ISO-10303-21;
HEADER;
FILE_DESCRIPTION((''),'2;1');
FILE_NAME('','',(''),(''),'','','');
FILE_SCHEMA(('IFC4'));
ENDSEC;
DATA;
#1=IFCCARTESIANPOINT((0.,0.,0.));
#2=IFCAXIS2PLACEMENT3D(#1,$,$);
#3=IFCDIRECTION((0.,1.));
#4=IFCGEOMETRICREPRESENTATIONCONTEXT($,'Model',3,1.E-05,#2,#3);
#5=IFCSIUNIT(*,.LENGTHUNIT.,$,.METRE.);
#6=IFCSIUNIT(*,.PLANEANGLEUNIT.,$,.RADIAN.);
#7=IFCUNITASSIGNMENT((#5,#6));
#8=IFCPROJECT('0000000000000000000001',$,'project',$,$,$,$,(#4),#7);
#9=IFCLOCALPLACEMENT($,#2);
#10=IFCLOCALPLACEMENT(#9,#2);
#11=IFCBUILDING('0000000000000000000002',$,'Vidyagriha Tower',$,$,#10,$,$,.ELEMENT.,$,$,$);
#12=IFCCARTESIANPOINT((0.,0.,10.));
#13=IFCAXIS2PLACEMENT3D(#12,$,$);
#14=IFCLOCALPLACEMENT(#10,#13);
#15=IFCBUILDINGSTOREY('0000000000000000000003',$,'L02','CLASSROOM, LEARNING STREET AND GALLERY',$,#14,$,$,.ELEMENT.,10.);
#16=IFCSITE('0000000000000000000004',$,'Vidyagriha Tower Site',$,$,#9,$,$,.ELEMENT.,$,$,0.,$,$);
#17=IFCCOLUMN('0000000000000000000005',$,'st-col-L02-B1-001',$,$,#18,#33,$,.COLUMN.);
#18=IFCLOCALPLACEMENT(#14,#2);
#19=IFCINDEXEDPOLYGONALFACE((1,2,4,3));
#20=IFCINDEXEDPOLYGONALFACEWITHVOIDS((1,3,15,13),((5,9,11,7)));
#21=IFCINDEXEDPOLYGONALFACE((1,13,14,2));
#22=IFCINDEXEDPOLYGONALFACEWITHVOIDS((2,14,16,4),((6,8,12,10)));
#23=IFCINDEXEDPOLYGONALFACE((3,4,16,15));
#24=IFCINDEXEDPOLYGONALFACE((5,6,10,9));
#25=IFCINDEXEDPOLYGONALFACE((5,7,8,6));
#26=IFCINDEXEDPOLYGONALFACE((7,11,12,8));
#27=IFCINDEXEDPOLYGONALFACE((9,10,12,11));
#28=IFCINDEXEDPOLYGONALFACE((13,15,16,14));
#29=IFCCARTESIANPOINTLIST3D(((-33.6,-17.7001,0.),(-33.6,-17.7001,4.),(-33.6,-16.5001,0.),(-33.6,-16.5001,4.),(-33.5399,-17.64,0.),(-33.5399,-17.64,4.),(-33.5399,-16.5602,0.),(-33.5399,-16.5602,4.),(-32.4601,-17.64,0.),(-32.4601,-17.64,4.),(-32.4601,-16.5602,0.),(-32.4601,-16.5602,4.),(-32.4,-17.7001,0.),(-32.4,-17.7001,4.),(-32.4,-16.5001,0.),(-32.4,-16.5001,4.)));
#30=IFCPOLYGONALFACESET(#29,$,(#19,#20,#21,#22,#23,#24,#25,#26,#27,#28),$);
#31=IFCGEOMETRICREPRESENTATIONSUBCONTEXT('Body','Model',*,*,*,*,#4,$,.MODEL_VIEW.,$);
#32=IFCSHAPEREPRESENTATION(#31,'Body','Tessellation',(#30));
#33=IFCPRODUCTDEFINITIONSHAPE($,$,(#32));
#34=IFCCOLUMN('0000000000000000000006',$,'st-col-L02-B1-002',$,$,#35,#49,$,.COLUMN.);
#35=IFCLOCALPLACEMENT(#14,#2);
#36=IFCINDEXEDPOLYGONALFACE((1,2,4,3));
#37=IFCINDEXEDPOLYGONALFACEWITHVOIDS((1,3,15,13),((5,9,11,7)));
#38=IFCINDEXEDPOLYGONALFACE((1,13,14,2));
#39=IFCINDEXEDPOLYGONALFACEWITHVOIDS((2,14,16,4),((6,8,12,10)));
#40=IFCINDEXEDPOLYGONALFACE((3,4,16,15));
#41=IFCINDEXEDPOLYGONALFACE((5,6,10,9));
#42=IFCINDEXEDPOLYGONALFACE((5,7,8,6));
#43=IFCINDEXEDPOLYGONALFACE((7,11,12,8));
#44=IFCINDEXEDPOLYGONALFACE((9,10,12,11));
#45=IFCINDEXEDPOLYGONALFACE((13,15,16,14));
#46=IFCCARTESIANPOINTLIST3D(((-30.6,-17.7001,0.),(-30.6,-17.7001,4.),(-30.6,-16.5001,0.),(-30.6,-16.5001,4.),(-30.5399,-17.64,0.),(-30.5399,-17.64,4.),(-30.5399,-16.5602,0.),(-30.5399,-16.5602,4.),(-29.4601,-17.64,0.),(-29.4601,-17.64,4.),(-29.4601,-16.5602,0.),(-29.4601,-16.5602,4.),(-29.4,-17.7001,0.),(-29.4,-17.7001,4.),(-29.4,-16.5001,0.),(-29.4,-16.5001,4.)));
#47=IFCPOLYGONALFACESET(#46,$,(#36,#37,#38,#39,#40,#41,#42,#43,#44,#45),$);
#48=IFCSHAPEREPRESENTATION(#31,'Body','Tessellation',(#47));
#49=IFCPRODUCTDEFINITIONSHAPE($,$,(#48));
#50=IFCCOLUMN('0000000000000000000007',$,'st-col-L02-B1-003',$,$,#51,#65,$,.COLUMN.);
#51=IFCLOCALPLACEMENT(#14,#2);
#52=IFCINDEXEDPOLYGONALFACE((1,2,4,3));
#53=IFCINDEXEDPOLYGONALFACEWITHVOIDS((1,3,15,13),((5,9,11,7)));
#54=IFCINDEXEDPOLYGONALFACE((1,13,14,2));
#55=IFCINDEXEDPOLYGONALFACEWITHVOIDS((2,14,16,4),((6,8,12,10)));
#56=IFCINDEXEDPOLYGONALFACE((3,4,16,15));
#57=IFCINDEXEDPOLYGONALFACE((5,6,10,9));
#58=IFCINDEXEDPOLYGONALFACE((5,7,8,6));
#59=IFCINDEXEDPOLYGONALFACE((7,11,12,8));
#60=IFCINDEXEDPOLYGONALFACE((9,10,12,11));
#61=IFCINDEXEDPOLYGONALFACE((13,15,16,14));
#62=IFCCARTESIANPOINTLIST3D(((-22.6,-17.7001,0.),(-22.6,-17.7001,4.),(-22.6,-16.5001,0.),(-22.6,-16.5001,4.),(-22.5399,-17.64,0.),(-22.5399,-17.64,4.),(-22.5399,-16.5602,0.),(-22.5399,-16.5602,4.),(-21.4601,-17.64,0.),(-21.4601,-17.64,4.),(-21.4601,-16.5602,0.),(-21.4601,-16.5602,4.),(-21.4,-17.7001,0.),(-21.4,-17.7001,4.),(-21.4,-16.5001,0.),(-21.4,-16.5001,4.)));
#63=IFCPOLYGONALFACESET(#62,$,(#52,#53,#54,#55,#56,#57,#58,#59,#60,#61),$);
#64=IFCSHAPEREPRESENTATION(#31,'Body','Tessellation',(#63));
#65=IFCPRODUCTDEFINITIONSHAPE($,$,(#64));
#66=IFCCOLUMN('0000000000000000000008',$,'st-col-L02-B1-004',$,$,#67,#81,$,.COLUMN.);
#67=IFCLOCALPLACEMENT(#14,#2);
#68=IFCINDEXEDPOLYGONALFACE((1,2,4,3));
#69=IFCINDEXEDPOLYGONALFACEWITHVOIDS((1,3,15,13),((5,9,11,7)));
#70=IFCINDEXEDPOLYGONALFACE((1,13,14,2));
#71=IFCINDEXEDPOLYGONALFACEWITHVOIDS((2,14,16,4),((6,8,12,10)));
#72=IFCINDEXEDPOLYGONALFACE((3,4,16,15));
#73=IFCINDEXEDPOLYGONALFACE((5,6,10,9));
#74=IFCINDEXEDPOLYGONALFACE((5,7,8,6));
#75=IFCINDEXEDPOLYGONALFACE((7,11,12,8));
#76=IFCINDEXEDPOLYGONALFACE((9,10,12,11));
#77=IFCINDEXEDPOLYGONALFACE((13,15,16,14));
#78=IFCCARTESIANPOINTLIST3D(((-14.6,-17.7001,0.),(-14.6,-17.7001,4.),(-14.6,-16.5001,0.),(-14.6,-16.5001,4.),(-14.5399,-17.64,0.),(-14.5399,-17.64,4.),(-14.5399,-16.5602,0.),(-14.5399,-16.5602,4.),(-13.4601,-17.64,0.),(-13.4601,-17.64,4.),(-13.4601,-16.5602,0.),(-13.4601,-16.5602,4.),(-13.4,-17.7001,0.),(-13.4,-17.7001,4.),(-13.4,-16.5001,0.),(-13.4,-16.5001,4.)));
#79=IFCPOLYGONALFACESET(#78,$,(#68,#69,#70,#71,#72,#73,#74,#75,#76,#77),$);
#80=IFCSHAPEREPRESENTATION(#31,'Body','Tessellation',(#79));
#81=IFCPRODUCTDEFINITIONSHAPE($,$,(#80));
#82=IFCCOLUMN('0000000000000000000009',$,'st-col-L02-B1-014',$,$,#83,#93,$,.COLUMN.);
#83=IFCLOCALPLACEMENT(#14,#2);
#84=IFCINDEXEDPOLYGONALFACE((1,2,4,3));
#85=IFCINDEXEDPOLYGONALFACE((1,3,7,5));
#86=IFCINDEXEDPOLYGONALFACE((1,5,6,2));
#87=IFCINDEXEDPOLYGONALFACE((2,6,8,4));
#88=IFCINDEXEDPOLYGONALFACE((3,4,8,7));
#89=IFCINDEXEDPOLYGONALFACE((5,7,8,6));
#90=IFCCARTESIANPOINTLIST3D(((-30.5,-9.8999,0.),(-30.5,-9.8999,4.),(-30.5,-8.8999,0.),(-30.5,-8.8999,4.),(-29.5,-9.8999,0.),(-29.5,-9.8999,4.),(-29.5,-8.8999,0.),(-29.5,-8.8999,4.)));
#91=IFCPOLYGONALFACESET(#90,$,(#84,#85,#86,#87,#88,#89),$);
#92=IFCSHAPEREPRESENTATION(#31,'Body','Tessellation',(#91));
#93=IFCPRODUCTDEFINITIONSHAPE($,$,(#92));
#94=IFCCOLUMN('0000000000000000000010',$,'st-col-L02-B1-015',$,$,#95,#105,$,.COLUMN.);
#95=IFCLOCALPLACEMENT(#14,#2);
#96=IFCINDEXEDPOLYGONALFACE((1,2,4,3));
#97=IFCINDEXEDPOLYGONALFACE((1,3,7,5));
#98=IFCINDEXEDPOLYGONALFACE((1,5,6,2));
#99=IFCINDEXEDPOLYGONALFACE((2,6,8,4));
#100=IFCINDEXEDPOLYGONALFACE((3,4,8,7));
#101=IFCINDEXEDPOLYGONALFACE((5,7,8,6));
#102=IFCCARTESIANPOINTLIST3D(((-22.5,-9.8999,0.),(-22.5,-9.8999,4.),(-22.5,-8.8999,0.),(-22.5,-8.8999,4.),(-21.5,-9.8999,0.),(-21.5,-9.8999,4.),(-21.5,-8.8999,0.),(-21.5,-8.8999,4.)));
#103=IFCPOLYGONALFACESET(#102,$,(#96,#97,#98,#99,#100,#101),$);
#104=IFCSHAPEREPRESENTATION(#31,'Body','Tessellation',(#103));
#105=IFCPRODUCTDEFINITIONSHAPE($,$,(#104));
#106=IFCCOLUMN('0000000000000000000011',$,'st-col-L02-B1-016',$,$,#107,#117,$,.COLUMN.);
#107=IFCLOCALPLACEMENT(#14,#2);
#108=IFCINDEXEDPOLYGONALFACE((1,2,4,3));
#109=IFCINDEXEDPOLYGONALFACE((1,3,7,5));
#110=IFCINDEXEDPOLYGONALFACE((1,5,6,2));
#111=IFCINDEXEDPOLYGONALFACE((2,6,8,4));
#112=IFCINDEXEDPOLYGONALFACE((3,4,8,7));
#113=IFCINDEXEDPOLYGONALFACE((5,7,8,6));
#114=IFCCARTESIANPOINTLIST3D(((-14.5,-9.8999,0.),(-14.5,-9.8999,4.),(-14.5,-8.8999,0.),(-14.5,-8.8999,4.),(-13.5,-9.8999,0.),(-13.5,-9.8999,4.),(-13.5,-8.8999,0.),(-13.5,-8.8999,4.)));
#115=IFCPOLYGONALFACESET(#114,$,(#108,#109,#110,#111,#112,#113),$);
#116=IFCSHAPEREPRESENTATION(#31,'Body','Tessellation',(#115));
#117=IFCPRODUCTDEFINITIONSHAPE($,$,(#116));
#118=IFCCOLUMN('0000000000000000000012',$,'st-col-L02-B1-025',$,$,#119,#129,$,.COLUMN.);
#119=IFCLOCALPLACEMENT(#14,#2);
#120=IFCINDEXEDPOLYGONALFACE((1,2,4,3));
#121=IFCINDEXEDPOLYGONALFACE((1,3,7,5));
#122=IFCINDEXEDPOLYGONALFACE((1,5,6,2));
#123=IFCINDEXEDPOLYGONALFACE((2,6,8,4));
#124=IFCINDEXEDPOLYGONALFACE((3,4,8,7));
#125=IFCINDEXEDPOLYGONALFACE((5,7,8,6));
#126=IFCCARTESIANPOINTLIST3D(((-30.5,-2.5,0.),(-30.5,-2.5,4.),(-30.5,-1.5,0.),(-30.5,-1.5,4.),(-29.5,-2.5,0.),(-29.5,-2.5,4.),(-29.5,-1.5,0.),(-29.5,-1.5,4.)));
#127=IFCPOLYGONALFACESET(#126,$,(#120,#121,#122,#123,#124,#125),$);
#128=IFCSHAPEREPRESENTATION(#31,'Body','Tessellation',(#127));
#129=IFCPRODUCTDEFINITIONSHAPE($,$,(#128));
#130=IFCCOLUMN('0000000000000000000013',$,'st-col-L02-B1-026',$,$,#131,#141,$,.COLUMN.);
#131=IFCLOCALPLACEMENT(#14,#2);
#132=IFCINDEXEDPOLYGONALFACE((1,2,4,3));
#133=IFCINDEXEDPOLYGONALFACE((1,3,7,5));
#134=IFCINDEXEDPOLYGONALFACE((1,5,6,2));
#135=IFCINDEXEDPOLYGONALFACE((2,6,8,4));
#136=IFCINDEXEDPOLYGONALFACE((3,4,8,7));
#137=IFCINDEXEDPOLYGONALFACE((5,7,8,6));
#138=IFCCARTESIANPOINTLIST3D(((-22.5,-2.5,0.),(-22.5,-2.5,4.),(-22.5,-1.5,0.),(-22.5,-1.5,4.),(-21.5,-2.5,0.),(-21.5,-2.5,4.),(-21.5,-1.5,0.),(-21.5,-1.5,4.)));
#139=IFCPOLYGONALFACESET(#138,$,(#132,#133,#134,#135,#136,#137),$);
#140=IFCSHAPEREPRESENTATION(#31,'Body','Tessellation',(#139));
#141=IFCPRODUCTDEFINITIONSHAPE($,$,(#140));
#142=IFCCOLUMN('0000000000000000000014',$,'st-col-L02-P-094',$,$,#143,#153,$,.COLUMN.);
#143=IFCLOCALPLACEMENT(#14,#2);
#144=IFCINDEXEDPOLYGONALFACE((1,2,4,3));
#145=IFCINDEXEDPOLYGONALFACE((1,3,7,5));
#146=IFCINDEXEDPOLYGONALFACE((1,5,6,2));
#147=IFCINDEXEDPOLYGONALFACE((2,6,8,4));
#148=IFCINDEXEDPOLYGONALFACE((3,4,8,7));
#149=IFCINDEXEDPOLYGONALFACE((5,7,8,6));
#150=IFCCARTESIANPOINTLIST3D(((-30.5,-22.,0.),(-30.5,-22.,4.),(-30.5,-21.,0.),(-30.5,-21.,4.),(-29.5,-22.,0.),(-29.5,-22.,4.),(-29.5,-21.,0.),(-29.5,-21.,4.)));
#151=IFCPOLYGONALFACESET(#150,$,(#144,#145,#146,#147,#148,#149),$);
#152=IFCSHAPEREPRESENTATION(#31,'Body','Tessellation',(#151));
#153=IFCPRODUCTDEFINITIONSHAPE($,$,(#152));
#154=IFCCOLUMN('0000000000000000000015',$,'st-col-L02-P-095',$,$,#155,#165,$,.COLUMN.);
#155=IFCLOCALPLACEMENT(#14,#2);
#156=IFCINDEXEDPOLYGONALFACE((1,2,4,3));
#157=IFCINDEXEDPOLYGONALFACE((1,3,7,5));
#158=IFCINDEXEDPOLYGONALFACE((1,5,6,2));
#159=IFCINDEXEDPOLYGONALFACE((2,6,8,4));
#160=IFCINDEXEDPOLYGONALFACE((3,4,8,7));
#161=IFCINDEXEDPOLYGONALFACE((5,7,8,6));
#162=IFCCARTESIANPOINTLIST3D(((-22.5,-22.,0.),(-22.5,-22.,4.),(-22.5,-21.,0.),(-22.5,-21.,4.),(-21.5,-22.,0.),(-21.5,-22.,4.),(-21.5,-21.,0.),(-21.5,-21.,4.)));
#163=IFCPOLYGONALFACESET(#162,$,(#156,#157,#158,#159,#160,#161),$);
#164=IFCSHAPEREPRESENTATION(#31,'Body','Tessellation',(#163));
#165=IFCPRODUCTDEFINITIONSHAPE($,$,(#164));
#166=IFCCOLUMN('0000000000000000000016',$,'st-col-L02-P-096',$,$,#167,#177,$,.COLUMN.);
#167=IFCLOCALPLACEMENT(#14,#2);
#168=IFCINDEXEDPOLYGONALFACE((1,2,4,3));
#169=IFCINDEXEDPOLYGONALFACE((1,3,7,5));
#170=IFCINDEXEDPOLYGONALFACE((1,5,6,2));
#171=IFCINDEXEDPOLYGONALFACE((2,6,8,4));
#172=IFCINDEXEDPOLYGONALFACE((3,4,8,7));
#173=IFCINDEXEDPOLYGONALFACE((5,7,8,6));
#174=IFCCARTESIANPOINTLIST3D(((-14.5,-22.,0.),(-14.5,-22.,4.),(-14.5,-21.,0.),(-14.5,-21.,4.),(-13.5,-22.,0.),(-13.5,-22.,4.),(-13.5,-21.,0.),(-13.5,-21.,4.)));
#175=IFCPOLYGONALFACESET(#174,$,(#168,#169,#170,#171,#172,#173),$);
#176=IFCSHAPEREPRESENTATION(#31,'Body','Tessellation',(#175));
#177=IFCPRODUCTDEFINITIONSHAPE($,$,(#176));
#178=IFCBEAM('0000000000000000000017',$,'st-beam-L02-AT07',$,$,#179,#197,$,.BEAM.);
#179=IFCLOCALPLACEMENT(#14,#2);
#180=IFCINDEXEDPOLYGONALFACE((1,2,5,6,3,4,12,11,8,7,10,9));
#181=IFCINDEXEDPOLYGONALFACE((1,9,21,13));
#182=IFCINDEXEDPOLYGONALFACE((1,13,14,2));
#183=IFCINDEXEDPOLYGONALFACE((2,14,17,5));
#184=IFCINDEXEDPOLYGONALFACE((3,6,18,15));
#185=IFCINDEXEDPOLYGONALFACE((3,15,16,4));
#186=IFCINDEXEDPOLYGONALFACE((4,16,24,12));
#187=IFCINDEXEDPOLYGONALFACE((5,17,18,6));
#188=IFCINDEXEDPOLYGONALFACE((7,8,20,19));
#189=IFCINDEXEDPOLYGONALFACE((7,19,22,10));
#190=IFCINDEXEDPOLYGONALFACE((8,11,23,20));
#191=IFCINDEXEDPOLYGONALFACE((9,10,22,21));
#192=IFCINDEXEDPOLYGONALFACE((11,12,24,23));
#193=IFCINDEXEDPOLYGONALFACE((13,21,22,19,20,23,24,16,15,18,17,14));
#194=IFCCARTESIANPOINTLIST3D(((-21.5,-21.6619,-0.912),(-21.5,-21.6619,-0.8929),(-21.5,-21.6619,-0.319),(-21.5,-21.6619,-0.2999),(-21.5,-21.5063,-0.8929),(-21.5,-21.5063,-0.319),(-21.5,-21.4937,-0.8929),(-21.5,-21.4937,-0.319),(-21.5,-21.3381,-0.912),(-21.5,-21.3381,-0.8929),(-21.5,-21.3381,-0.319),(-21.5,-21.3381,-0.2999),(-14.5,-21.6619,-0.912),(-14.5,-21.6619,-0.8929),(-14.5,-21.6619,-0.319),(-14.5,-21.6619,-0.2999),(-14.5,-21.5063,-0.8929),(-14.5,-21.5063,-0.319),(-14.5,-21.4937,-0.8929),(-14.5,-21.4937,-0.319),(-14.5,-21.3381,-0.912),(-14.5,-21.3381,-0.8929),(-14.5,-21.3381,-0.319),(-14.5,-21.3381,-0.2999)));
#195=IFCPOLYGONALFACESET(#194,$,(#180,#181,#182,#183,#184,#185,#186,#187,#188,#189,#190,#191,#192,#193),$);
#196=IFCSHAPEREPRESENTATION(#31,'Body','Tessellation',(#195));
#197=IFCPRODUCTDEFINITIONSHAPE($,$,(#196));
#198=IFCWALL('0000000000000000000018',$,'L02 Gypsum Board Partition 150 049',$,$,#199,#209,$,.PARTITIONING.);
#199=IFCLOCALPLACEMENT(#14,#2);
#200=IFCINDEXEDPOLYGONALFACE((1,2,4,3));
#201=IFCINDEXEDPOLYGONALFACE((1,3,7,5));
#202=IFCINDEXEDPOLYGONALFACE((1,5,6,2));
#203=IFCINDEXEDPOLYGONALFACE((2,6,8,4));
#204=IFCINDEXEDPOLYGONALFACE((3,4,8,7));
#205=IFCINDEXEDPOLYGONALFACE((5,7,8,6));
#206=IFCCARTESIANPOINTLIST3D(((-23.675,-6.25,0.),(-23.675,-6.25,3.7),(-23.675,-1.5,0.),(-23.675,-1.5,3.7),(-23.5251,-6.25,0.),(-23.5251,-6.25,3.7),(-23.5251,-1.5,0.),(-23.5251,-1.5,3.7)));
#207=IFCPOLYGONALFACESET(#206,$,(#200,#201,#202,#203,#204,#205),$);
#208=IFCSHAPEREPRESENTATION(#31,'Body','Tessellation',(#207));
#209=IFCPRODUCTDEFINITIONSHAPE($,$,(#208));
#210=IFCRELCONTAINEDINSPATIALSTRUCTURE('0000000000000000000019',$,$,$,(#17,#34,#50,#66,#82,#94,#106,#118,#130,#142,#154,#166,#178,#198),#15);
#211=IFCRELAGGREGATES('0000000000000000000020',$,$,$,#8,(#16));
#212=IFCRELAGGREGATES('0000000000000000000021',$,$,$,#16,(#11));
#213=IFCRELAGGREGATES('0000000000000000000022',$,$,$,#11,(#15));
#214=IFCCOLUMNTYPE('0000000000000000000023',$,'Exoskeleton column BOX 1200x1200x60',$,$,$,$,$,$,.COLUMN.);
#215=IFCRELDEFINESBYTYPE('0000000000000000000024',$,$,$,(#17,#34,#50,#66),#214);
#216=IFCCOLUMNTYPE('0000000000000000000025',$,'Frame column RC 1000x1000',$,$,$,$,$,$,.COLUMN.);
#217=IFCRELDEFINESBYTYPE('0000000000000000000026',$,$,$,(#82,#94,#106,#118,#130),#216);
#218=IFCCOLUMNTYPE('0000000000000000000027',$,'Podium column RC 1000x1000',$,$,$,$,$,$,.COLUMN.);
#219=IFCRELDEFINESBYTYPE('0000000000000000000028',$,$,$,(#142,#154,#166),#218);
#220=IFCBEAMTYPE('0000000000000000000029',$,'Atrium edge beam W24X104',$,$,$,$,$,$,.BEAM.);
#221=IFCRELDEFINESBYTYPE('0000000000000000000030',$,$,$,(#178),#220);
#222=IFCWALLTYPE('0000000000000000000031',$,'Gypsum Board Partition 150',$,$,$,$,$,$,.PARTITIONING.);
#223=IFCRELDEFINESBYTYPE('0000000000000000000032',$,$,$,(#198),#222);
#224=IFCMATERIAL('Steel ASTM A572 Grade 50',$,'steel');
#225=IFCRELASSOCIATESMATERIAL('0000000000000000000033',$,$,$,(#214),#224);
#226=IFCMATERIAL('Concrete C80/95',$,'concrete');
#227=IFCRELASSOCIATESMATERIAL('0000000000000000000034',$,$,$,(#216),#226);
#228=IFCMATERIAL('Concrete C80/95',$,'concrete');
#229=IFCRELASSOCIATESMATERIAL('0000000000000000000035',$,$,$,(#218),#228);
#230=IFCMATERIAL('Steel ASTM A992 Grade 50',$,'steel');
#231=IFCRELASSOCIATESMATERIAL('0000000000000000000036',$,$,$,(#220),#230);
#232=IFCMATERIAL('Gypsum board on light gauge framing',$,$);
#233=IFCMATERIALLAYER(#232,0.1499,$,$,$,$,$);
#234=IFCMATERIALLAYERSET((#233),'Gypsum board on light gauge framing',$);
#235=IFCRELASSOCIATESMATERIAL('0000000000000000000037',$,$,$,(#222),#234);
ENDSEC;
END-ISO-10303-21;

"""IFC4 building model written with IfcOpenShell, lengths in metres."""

from ifc_helpers import new_model, si_unit, direction, frame, frame_2d, origin, origin_2d, place, context, subcontext, project, spatial, rectangle, hollow_rectangle, i_section, extrude, material, layer, layer_set, material_profile, profile_set, type_object, element, save


model = new_model("IFC4")

# Units and contexts
model_context = context("Model", 3, precision=1e-05, world=origin(), true_north=direction((0.0, 1.0)))
body_context = subcontext(model_context, "Body", "Model", "MODEL_VIEW")
ifc_project = project(units=[si_unit("LENGTHUNIT", "METRE"), si_unit("PLANEANGLEUNIT", "RADIAN")], contexts=[model_context])

# Site, building, storey
site_placement = place(None, origin())
site = spatial("IfcSite", under=ifc_project, at=site_placement, Name="Vidyagriha Tower Site", CompositionType="ELEMENT", RefElevation=0.0)
building_placement = place(site_placement, origin())
building = spatial("IfcBuilding", under=site, at=building_placement, Name="Vidyagriha Tower", CompositionType="ELEMENT")
storey_placement = place(building_placement, frame((0.0, 0.0, 10.0)))
storey = spatial("IfcBuildingStorey", under=building, at=storey_placement, Name="L02", Description="CLASSROOM, LEARNING STREET AND GALLERY", CompositionType="ELEMENT", Elevation=10.0)

# Columns
ifc_material_1 = material(Name="Steel ASTM A572 Grade 50", Category="steel")
ifc_material_profile_1 = material_profile(ifc_material_1, hollow_rectangle(XDim=1.2, YDim=1.2, WallThickness=0.0601, at=origin_2d()), Name="BOX 1200x1200x60")
ifc_profile_set_1 = profile_set([ifc_material_profile_1], Name="Steel ASTM A572 Grade 50")
column_type_1 = type_object("IfcColumnType", Name="Exoskeleton column BOX 1200x1200x60", PredefinedType="COLUMN", material=ifc_profile_set_1)
for number, where, name in (
    (1, (-33.0, -17.1001, 0.0), "st-col-L02-B1-001"),
    (2, (-30.0, -17.1001, 0.0), "st-col-L02-B1-002"),
    (3, (-22.0, -17.1001, 0.0), "st-col-L02-B1-003"),
    (4, (-14.0, -17.1001, 0.0), "st-col-L02-B1-004"),
):
    element("IfcColumn", number, at=place(storey_placement, frame(where)), inside=storey, type_object=column_type_1, Name=name, PredefinedType="COLUMN", context=body_context, shape_type="SweptSolid", body=[
        extrude(hollow_rectangle(XDim=1.2, YDim=1.2, WallThickness=0.0601, at=origin_2d()), origin(), (0.0, 0.0, 1.0), 4.0),
    ])
ifc_material_2 = material(Name="Concrete C80/95", Category="concrete")
ifc_material_profile_2 = material_profile(ifc_material_2, rectangle(XDim=1.0, YDim=1.0, at=origin_2d()), Name="RC 1000x1000")
ifc_profile_set_2 = profile_set([ifc_material_profile_2], Name="Concrete C80/95")
column_type_2 = type_object("IfcColumnType", Name="Frame column RC 1000x1000", PredefinedType="COLUMN", material=ifc_profile_set_2)
for number, where, name in (
    (5, (-30.0, -9.3999, 0.0), "st-col-L02-B1-014"),
    (6, (-22.0, -9.3999, 0.0), "st-col-L02-B1-015"),
    (7, (-14.0, -9.3999, 0.0), "st-col-L02-B1-016"),
    (8, (-30.0, -2.0, 0.0), "st-col-L02-B1-025"),
    (9, (-22.0, -2.0, 0.0), "st-col-L02-B1-026"),
):
    element("IfcColumn", number, at=place(storey_placement, frame(where)), inside=storey, type_object=column_type_2, Name=name, PredefinedType="COLUMN", context=body_context, shape_type="SweptSolid", body=[
        extrude(rectangle(XDim=1.0, YDim=1.0, at=origin_2d()), origin(), (0.0, 0.0, 1.0), 4.0),
    ])
ifc_material_3 = material(Name="Concrete C80/95", Category="concrete")
ifc_material_profile_3 = material_profile(ifc_material_3, rectangle(XDim=1.0, YDim=1.0, at=origin_2d()), Name="RC 1000x1000")
ifc_profile_set_3 = profile_set([ifc_material_profile_3], Name="Concrete C80/95")
column_type_3 = type_object("IfcColumnType", Name="Podium column RC 1000x1000", PredefinedType="COLUMN", material=ifc_profile_set_3)
for number, where, name in (
    (10, (-30.0, -21.5, 0.0), "st-col-L02-P-094"),
    (11, (-22.0, -21.5, 0.0), "st-col-L02-P-095"),
    (12, (-14.0, -21.5, 0.0), "st-col-L02-P-096"),
):
    element("IfcColumn", number, at=place(storey_placement, frame(where)), inside=storey, type_object=column_type_3, Name=name, PredefinedType="COLUMN", context=body_context, shape_type="SweptSolid", body=[
        extrude(rectangle(XDim=1.0, YDim=1.0, at=origin_2d()), origin(), (0.0, 0.0, 1.0), 4.0),
    ])

# Beam
ifc_material_4 = material(Name="Steel ASTM A992 Grade 50", Category="steel")
ifc_material_profile_4 = material_profile(ifc_material_4, i_section(OverallWidth=0.3237, OverallDepth=0.6121, WebThickness=0.0127, FlangeThickness=0.019, at=origin_2d()), Name="W24X104")
ifc_profile_set_4 = profile_set([ifc_material_profile_4], Name="Steel ASTM A992 Grade 50")
beam_type = type_object("IfcBeamType", Name="Atrium edge beam W24X104", PredefinedType="BEAM", material=ifc_profile_set_4)
beam_placement = place(storey_placement, frame((-21.5, -21.5, -0.606), z_axis=(1.0, 0.0, 0.0), x_axis=(0.0, 1.0, 0.0)))
element("IfcBeam", 13, at=beam_placement, inside=storey, type_object=beam_type, Name="st-beam-L02-AT07", PredefinedType="BEAM", context=body_context, shape_type="SweptSolid", body=[
    extrude(i_section(OverallWidth=0.3237, OverallDepth=0.6121, WebThickness=0.0127, FlangeThickness=0.019, at=origin_2d()), origin(), (0.0, 0.0, 1.0), 7.0),
])

# Wall
ifc_material_5 = material(Name="Gypsum board on light gauge framing")
ifc_layer = layer(ifc_material_5, 0.1499)
ifc_layer_set = layer_set([ifc_layer], Name="Gypsum board on light gauge framing")
wall_type = type_object("IfcWallType", Name="Gypsum Board Partition 150", PredefinedType="PARTITIONING", material=ifc_layer_set)
wall_1_placement = place(storey_placement, frame((-23.6001, -6.25, 0.0), z_axis=(0.0, 0.0, 1.0), x_axis=(0.0, 1.0, 0.0)))
element("IfcWall", 14, at=wall_1_placement, inside=storey, type_object=wall_type, Name="L02 Gypsum Board Partition 150 049", PredefinedType="PARTITIONING", context=body_context, shape_type="SweptSolid", body=[
    extrude(rectangle(XDim=4.75, YDim=0.1499, at=frame_2d((2.375, 0.0))), origin(), (0.0, 0.0, 1.0), 3.7),
])

save(model, "model.ifc")
